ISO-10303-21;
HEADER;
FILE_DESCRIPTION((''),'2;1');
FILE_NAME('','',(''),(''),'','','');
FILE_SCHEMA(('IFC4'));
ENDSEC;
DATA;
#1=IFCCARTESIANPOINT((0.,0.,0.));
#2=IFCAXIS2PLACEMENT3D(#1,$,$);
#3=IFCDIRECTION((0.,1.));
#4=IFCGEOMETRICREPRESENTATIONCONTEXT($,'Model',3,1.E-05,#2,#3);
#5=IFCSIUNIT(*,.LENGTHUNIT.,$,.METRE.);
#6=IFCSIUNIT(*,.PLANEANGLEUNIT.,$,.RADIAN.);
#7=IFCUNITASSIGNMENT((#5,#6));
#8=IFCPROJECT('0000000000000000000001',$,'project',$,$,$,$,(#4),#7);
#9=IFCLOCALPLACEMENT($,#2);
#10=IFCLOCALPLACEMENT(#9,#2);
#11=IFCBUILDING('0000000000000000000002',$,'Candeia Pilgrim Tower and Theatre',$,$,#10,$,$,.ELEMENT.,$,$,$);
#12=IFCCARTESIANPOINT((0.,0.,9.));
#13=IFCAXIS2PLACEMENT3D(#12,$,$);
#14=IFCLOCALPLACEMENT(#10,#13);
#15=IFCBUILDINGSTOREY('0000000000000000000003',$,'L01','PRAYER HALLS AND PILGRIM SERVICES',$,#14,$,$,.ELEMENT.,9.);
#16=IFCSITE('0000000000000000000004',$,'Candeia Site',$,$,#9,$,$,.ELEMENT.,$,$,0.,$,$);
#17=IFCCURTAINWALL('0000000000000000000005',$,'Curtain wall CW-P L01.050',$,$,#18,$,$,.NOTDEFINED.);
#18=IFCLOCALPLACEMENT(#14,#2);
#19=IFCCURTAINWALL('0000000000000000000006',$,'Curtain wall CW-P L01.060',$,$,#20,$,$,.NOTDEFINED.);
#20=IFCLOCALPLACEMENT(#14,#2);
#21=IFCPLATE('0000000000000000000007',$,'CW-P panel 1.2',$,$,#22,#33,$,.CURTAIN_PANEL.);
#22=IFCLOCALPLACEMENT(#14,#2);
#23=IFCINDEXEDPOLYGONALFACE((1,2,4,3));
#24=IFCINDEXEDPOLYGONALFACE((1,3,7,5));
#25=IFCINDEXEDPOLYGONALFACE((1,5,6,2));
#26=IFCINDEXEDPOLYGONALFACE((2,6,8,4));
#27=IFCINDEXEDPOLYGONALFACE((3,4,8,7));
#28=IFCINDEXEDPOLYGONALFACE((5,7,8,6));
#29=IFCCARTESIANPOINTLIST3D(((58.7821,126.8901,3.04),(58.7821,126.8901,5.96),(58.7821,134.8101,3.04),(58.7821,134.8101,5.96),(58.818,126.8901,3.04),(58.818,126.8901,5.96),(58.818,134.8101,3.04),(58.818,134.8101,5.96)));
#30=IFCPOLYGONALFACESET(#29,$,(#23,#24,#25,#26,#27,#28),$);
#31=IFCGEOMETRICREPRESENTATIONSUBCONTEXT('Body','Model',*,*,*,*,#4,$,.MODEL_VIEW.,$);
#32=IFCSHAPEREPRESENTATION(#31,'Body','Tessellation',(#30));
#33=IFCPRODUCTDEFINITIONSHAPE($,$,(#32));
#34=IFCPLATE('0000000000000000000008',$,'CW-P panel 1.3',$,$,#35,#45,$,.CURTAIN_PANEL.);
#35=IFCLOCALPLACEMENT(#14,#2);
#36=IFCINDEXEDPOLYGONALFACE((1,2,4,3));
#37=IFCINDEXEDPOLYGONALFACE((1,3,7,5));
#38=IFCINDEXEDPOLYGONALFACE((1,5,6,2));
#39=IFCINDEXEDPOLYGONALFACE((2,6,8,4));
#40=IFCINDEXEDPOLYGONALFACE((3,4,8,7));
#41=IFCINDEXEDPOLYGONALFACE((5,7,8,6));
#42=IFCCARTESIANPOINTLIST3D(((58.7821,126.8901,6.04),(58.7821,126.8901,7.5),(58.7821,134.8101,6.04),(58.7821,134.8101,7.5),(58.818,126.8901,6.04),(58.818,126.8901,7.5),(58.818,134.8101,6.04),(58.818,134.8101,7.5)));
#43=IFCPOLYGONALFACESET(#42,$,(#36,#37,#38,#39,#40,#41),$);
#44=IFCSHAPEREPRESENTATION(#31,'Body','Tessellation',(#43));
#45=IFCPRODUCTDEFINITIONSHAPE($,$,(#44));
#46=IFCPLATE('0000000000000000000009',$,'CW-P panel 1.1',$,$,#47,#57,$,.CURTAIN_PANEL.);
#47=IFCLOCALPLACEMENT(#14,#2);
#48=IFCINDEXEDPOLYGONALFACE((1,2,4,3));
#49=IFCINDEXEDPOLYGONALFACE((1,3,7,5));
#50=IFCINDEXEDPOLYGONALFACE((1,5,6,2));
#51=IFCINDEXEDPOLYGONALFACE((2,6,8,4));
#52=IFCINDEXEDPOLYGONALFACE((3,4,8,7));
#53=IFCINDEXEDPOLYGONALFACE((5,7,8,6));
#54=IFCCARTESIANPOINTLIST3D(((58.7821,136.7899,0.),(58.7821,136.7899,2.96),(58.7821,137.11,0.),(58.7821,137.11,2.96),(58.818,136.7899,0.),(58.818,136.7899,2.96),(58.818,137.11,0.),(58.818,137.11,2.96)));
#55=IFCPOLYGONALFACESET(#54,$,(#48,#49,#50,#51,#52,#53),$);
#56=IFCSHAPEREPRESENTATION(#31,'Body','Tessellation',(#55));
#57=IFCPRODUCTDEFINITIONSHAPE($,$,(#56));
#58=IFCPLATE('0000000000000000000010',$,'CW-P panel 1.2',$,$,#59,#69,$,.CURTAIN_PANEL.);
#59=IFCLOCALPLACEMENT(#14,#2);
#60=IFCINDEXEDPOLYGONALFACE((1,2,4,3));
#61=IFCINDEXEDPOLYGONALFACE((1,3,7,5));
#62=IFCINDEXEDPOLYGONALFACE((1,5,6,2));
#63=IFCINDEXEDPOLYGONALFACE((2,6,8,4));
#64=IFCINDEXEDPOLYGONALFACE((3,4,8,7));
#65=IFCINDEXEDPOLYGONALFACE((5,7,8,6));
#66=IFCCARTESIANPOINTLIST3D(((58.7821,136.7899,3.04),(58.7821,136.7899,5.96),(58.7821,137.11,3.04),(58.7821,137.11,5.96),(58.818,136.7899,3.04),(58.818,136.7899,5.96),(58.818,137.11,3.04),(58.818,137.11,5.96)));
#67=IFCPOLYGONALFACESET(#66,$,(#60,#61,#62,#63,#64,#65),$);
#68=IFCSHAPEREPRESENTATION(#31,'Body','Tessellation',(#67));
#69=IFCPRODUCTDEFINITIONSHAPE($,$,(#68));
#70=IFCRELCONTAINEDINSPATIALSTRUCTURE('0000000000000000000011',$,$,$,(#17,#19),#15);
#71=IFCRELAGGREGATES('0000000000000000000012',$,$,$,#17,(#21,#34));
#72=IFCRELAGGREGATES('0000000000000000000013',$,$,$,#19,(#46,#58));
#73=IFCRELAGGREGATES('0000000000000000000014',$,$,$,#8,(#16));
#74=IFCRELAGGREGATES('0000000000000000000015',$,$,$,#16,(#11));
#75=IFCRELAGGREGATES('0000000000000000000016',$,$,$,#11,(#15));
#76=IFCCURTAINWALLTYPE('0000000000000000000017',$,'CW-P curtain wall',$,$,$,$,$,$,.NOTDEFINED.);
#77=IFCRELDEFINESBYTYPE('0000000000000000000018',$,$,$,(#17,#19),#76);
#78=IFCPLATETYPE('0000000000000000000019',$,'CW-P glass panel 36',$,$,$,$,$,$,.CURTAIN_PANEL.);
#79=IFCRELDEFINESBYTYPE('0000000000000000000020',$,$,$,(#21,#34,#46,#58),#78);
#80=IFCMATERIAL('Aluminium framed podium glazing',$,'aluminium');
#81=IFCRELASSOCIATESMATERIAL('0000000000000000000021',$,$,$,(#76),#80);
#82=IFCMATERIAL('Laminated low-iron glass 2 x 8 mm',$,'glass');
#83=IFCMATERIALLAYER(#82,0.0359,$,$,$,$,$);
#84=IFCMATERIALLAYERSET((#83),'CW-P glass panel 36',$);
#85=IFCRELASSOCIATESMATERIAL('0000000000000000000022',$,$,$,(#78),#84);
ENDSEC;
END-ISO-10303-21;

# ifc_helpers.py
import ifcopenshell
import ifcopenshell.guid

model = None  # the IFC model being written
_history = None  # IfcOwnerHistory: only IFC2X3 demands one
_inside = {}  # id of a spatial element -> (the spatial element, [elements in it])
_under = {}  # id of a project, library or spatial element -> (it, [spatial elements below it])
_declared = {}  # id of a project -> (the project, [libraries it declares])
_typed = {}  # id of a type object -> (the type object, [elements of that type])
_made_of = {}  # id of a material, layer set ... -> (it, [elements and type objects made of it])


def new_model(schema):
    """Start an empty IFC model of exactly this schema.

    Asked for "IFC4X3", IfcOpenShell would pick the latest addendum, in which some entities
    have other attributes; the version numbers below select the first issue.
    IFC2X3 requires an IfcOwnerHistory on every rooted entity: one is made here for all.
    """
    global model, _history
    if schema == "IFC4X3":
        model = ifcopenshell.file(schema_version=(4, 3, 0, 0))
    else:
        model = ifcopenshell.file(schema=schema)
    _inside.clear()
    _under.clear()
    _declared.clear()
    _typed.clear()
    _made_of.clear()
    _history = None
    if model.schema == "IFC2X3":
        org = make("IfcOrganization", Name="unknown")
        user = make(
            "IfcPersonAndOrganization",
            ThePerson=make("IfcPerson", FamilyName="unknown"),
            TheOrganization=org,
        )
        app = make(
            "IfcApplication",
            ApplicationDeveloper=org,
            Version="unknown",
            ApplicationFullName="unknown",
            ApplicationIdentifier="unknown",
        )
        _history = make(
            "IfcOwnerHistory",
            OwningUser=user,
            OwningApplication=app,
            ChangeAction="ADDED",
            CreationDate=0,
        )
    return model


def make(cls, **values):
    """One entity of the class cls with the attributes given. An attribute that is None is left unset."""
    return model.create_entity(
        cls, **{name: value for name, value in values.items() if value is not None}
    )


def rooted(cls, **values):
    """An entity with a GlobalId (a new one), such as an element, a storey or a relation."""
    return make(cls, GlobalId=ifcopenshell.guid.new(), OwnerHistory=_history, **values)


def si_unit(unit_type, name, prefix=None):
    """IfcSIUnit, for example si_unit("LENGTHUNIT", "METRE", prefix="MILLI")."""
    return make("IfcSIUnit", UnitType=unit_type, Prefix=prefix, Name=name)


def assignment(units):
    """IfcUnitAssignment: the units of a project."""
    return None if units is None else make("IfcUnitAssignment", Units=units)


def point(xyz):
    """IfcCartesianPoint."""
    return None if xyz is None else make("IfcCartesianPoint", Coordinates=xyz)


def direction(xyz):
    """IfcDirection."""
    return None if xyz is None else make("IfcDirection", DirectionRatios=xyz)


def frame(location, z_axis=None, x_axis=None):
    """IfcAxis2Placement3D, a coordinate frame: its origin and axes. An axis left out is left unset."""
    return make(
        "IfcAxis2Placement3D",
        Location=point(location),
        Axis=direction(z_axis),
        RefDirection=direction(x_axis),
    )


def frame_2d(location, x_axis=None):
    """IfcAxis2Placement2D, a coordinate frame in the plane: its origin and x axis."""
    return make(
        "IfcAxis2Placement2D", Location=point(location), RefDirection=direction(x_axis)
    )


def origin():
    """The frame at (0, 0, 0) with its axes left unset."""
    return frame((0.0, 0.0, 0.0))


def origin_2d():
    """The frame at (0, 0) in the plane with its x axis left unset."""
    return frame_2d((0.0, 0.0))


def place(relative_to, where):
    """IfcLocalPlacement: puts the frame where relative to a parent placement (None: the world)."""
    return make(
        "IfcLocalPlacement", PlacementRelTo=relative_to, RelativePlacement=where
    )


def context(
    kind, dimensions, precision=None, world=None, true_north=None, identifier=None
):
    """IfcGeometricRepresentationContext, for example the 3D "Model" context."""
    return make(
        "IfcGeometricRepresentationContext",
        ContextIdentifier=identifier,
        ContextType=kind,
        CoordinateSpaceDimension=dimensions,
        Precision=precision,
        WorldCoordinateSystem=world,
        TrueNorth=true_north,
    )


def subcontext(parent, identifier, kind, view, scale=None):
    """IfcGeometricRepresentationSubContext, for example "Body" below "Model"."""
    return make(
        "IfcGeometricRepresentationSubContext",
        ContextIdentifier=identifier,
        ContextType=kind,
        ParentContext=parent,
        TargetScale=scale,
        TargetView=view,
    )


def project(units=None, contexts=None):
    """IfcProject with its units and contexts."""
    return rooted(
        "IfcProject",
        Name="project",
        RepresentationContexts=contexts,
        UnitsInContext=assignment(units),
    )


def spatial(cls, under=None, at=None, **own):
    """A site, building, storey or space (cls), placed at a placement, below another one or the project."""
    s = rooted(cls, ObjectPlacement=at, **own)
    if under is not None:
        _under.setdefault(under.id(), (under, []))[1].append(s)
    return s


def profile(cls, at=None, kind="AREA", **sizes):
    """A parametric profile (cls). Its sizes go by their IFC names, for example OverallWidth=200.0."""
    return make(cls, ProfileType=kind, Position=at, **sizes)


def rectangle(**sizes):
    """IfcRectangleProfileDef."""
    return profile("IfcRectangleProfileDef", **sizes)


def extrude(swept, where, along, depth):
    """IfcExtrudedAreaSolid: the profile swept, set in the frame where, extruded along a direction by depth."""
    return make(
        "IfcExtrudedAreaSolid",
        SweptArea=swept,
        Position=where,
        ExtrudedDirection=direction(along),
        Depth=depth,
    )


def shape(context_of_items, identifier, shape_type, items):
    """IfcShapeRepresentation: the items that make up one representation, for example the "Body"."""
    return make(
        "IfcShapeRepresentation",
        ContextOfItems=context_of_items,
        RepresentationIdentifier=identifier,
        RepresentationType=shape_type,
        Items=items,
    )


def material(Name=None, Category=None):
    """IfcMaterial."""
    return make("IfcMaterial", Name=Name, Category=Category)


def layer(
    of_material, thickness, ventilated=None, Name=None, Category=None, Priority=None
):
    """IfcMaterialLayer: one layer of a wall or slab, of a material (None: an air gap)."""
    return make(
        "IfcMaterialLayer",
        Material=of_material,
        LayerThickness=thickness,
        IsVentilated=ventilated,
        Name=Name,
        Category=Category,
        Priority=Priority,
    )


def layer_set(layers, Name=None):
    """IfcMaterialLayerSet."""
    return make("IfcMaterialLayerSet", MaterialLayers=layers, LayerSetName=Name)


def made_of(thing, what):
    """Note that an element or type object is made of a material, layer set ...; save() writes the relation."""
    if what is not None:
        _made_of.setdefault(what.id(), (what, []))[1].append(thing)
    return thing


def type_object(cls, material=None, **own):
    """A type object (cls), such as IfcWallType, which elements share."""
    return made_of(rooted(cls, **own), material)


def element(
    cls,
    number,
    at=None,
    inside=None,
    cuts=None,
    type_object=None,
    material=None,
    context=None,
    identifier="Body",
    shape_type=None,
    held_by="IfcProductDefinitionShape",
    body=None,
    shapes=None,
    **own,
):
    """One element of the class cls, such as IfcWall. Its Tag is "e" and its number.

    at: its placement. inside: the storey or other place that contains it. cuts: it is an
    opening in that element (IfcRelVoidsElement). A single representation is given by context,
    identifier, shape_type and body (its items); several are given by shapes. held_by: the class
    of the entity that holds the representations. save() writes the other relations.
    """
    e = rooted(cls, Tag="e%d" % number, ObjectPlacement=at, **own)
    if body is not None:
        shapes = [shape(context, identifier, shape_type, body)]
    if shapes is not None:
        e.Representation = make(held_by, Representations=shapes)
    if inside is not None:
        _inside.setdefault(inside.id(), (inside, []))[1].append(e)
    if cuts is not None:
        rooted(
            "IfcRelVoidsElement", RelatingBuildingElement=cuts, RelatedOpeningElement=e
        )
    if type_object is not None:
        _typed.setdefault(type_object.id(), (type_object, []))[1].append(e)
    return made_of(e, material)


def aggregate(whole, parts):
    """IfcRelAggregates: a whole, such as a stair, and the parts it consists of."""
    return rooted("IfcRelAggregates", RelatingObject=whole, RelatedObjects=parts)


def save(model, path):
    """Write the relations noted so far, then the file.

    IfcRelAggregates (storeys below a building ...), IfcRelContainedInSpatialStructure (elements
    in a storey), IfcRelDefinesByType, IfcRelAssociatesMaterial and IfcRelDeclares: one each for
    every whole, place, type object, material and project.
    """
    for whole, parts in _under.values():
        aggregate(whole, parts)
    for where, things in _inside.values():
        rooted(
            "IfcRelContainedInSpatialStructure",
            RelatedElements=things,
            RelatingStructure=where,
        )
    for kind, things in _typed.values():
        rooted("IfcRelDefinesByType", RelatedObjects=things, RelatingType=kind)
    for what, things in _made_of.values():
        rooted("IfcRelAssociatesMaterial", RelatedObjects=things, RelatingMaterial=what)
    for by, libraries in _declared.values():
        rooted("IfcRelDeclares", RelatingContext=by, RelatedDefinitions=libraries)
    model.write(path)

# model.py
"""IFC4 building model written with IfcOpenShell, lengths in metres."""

from ifc_helpers import new_model, si_unit, direction, frame, origin, origin_2d, place, context, subcontext, project, spatial, rectangle, extrude, material, layer, layer_set, type_object, element, aggregate, save


model = new_model("IFC4")

# Units and contexts
model_context = context("Model", 3, precision=1e-05, world=origin(), true_north=direction((0.0, 1.0)))
body_context = subcontext(model_context, "Body", "Model", "MODEL_VIEW")
ifc_project = project(units=[si_unit("LENGTHUNIT", "METRE"), si_unit("PLANEANGLEUNIT", "RADIAN")], contexts=[model_context])

# Site, building, storey
site_placement = place(None, origin())
site = spatial("IfcSite", under=ifc_project, at=site_placement, Name="Candeia Site", CompositionType="ELEMENT", RefElevation=0.0)
building_placement = place(site_placement, origin())
building = spatial("IfcBuilding", under=site, at=building_placement, Name="Candeia Pilgrim Tower and Theatre", CompositionType="ELEMENT")
storey_placement = place(building_placement, frame((0.0, 0.0, 9.0)))
storey = spatial("IfcBuildingStorey", under=building, at=storey_placement, Name="L01", Description="PRAYER HALLS AND PILGRIM SERVICES", CompositionType="ELEMENT", Elevation=9.0)

# Shared definitions
ifc_material_1 = material(Name="Aluminium framed podium glazing", Category="aluminium")
curtain_wall_type = type_object("IfcCurtainWallType", Name="CW-P curtain wall", PredefinedType="NOTDEFINED", material=ifc_material_1)

# Curtain wall
curtain_wall_1_placement = place(storey_placement, origin())
curtain_wall_1 = element("IfcCurtainWall", 1, at=curtain_wall_1_placement, inside=storey, type_object=curtain_wall_type, Name="Curtain wall CW-P L01.050", PredefinedType="NOTDEFINED")

# Curtain wall
curtain_wall_2_placement = place(storey_placement, origin())
curtain_wall_2 = element("IfcCurtainWall", 2, at=curtain_wall_2_placement, inside=storey, type_object=curtain_wall_type, Name="Curtain wall CW-P L01.060", PredefinedType="NOTDEFINED")

# Plates
ifc_material_2 = material(Name="Laminated low-iron glass 2 x 8 mm", Category="glass")
ifc_layer = layer(ifc_material_2, 0.0359)
ifc_layer_set = layer_set([ifc_layer], Name="CW-P glass panel 36")
plate_type = type_object("IfcPlateType", Name="CW-P glass panel 36", PredefinedType="CURTAIN_PANEL", material=ifc_layer_set)
plate_1_placement = place(storey_placement, frame((58.8, 130.8501, 3.04), z_axis=(0.0, 0.0, 1.0), x_axis=(0.0, 1.0, 0.0)))
plate_1 = element("IfcPlate", 3, at=plate_1_placement, type_object=plate_type, Name="CW-P panel 1.2", PredefinedType="CURTAIN_PANEL", context=body_context, shape_type="SweptSolid", body=[
    extrude(rectangle(XDim=7.9199, YDim=0.0359, at=origin_2d()), origin(), (0.0, 0.0, 1.0), 2.9199),
])
plate_2_placement = place(storey_placement, frame((58.8, 130.8501, 6.04), z_axis=(0.0, 0.0, 1.0), x_axis=(0.0, 1.0, 0.0)))
plate_2 = element("IfcPlate", 4, at=plate_2_placement, type_object=plate_type, Name="CW-P panel 1.3", PredefinedType="CURTAIN_PANEL", context=body_context, shape_type="SweptSolid", body=[
    extrude(rectangle(XDim=7.9199, YDim=0.0359, at=origin_2d()), origin(), (0.0, 0.0, 1.0), 1.46),
])
aggregate(curtain_wall_1, [plate_1, plate_2])
plate_3_placement = place(storey_placement, frame((58.8, 136.95, 0.0), z_axis=(0.0, 0.0, 1.0), x_axis=(0.0, 1.0, 0.0)))
plate_3 = element("IfcPlate", 5, at=plate_3_placement, type_object=plate_type, Name="CW-P panel 1.1", PredefinedType="CURTAIN_PANEL", context=body_context, shape_type="SweptSolid", body=[
    extrude(rectangle(XDim=0.3201, YDim=0.0359, at=origin_2d()), origin(), (0.0, 0.0, 1.0), 2.96),
])
plate_4_placement = place(storey_placement, frame((58.8, 136.95, 3.04), z_axis=(0.0, 0.0, 1.0), x_axis=(0.0, 1.0, 0.0)))
plate_4 = element("IfcPlate", 6, at=plate_4_placement, type_object=plate_type, Name="CW-P panel 1.2", PredefinedType="CURTAIN_PANEL", context=body_context, shape_type="SweptSolid", body=[
    extrude(rectangle(XDim=0.3201, YDim=0.0359, at=origin_2d()), origin(), (0.0, 0.0, 1.0), 2.9199),
])
aggregate(curtain_wall_2, [plate_3, plate_4])

save(model, "model.ifc")
